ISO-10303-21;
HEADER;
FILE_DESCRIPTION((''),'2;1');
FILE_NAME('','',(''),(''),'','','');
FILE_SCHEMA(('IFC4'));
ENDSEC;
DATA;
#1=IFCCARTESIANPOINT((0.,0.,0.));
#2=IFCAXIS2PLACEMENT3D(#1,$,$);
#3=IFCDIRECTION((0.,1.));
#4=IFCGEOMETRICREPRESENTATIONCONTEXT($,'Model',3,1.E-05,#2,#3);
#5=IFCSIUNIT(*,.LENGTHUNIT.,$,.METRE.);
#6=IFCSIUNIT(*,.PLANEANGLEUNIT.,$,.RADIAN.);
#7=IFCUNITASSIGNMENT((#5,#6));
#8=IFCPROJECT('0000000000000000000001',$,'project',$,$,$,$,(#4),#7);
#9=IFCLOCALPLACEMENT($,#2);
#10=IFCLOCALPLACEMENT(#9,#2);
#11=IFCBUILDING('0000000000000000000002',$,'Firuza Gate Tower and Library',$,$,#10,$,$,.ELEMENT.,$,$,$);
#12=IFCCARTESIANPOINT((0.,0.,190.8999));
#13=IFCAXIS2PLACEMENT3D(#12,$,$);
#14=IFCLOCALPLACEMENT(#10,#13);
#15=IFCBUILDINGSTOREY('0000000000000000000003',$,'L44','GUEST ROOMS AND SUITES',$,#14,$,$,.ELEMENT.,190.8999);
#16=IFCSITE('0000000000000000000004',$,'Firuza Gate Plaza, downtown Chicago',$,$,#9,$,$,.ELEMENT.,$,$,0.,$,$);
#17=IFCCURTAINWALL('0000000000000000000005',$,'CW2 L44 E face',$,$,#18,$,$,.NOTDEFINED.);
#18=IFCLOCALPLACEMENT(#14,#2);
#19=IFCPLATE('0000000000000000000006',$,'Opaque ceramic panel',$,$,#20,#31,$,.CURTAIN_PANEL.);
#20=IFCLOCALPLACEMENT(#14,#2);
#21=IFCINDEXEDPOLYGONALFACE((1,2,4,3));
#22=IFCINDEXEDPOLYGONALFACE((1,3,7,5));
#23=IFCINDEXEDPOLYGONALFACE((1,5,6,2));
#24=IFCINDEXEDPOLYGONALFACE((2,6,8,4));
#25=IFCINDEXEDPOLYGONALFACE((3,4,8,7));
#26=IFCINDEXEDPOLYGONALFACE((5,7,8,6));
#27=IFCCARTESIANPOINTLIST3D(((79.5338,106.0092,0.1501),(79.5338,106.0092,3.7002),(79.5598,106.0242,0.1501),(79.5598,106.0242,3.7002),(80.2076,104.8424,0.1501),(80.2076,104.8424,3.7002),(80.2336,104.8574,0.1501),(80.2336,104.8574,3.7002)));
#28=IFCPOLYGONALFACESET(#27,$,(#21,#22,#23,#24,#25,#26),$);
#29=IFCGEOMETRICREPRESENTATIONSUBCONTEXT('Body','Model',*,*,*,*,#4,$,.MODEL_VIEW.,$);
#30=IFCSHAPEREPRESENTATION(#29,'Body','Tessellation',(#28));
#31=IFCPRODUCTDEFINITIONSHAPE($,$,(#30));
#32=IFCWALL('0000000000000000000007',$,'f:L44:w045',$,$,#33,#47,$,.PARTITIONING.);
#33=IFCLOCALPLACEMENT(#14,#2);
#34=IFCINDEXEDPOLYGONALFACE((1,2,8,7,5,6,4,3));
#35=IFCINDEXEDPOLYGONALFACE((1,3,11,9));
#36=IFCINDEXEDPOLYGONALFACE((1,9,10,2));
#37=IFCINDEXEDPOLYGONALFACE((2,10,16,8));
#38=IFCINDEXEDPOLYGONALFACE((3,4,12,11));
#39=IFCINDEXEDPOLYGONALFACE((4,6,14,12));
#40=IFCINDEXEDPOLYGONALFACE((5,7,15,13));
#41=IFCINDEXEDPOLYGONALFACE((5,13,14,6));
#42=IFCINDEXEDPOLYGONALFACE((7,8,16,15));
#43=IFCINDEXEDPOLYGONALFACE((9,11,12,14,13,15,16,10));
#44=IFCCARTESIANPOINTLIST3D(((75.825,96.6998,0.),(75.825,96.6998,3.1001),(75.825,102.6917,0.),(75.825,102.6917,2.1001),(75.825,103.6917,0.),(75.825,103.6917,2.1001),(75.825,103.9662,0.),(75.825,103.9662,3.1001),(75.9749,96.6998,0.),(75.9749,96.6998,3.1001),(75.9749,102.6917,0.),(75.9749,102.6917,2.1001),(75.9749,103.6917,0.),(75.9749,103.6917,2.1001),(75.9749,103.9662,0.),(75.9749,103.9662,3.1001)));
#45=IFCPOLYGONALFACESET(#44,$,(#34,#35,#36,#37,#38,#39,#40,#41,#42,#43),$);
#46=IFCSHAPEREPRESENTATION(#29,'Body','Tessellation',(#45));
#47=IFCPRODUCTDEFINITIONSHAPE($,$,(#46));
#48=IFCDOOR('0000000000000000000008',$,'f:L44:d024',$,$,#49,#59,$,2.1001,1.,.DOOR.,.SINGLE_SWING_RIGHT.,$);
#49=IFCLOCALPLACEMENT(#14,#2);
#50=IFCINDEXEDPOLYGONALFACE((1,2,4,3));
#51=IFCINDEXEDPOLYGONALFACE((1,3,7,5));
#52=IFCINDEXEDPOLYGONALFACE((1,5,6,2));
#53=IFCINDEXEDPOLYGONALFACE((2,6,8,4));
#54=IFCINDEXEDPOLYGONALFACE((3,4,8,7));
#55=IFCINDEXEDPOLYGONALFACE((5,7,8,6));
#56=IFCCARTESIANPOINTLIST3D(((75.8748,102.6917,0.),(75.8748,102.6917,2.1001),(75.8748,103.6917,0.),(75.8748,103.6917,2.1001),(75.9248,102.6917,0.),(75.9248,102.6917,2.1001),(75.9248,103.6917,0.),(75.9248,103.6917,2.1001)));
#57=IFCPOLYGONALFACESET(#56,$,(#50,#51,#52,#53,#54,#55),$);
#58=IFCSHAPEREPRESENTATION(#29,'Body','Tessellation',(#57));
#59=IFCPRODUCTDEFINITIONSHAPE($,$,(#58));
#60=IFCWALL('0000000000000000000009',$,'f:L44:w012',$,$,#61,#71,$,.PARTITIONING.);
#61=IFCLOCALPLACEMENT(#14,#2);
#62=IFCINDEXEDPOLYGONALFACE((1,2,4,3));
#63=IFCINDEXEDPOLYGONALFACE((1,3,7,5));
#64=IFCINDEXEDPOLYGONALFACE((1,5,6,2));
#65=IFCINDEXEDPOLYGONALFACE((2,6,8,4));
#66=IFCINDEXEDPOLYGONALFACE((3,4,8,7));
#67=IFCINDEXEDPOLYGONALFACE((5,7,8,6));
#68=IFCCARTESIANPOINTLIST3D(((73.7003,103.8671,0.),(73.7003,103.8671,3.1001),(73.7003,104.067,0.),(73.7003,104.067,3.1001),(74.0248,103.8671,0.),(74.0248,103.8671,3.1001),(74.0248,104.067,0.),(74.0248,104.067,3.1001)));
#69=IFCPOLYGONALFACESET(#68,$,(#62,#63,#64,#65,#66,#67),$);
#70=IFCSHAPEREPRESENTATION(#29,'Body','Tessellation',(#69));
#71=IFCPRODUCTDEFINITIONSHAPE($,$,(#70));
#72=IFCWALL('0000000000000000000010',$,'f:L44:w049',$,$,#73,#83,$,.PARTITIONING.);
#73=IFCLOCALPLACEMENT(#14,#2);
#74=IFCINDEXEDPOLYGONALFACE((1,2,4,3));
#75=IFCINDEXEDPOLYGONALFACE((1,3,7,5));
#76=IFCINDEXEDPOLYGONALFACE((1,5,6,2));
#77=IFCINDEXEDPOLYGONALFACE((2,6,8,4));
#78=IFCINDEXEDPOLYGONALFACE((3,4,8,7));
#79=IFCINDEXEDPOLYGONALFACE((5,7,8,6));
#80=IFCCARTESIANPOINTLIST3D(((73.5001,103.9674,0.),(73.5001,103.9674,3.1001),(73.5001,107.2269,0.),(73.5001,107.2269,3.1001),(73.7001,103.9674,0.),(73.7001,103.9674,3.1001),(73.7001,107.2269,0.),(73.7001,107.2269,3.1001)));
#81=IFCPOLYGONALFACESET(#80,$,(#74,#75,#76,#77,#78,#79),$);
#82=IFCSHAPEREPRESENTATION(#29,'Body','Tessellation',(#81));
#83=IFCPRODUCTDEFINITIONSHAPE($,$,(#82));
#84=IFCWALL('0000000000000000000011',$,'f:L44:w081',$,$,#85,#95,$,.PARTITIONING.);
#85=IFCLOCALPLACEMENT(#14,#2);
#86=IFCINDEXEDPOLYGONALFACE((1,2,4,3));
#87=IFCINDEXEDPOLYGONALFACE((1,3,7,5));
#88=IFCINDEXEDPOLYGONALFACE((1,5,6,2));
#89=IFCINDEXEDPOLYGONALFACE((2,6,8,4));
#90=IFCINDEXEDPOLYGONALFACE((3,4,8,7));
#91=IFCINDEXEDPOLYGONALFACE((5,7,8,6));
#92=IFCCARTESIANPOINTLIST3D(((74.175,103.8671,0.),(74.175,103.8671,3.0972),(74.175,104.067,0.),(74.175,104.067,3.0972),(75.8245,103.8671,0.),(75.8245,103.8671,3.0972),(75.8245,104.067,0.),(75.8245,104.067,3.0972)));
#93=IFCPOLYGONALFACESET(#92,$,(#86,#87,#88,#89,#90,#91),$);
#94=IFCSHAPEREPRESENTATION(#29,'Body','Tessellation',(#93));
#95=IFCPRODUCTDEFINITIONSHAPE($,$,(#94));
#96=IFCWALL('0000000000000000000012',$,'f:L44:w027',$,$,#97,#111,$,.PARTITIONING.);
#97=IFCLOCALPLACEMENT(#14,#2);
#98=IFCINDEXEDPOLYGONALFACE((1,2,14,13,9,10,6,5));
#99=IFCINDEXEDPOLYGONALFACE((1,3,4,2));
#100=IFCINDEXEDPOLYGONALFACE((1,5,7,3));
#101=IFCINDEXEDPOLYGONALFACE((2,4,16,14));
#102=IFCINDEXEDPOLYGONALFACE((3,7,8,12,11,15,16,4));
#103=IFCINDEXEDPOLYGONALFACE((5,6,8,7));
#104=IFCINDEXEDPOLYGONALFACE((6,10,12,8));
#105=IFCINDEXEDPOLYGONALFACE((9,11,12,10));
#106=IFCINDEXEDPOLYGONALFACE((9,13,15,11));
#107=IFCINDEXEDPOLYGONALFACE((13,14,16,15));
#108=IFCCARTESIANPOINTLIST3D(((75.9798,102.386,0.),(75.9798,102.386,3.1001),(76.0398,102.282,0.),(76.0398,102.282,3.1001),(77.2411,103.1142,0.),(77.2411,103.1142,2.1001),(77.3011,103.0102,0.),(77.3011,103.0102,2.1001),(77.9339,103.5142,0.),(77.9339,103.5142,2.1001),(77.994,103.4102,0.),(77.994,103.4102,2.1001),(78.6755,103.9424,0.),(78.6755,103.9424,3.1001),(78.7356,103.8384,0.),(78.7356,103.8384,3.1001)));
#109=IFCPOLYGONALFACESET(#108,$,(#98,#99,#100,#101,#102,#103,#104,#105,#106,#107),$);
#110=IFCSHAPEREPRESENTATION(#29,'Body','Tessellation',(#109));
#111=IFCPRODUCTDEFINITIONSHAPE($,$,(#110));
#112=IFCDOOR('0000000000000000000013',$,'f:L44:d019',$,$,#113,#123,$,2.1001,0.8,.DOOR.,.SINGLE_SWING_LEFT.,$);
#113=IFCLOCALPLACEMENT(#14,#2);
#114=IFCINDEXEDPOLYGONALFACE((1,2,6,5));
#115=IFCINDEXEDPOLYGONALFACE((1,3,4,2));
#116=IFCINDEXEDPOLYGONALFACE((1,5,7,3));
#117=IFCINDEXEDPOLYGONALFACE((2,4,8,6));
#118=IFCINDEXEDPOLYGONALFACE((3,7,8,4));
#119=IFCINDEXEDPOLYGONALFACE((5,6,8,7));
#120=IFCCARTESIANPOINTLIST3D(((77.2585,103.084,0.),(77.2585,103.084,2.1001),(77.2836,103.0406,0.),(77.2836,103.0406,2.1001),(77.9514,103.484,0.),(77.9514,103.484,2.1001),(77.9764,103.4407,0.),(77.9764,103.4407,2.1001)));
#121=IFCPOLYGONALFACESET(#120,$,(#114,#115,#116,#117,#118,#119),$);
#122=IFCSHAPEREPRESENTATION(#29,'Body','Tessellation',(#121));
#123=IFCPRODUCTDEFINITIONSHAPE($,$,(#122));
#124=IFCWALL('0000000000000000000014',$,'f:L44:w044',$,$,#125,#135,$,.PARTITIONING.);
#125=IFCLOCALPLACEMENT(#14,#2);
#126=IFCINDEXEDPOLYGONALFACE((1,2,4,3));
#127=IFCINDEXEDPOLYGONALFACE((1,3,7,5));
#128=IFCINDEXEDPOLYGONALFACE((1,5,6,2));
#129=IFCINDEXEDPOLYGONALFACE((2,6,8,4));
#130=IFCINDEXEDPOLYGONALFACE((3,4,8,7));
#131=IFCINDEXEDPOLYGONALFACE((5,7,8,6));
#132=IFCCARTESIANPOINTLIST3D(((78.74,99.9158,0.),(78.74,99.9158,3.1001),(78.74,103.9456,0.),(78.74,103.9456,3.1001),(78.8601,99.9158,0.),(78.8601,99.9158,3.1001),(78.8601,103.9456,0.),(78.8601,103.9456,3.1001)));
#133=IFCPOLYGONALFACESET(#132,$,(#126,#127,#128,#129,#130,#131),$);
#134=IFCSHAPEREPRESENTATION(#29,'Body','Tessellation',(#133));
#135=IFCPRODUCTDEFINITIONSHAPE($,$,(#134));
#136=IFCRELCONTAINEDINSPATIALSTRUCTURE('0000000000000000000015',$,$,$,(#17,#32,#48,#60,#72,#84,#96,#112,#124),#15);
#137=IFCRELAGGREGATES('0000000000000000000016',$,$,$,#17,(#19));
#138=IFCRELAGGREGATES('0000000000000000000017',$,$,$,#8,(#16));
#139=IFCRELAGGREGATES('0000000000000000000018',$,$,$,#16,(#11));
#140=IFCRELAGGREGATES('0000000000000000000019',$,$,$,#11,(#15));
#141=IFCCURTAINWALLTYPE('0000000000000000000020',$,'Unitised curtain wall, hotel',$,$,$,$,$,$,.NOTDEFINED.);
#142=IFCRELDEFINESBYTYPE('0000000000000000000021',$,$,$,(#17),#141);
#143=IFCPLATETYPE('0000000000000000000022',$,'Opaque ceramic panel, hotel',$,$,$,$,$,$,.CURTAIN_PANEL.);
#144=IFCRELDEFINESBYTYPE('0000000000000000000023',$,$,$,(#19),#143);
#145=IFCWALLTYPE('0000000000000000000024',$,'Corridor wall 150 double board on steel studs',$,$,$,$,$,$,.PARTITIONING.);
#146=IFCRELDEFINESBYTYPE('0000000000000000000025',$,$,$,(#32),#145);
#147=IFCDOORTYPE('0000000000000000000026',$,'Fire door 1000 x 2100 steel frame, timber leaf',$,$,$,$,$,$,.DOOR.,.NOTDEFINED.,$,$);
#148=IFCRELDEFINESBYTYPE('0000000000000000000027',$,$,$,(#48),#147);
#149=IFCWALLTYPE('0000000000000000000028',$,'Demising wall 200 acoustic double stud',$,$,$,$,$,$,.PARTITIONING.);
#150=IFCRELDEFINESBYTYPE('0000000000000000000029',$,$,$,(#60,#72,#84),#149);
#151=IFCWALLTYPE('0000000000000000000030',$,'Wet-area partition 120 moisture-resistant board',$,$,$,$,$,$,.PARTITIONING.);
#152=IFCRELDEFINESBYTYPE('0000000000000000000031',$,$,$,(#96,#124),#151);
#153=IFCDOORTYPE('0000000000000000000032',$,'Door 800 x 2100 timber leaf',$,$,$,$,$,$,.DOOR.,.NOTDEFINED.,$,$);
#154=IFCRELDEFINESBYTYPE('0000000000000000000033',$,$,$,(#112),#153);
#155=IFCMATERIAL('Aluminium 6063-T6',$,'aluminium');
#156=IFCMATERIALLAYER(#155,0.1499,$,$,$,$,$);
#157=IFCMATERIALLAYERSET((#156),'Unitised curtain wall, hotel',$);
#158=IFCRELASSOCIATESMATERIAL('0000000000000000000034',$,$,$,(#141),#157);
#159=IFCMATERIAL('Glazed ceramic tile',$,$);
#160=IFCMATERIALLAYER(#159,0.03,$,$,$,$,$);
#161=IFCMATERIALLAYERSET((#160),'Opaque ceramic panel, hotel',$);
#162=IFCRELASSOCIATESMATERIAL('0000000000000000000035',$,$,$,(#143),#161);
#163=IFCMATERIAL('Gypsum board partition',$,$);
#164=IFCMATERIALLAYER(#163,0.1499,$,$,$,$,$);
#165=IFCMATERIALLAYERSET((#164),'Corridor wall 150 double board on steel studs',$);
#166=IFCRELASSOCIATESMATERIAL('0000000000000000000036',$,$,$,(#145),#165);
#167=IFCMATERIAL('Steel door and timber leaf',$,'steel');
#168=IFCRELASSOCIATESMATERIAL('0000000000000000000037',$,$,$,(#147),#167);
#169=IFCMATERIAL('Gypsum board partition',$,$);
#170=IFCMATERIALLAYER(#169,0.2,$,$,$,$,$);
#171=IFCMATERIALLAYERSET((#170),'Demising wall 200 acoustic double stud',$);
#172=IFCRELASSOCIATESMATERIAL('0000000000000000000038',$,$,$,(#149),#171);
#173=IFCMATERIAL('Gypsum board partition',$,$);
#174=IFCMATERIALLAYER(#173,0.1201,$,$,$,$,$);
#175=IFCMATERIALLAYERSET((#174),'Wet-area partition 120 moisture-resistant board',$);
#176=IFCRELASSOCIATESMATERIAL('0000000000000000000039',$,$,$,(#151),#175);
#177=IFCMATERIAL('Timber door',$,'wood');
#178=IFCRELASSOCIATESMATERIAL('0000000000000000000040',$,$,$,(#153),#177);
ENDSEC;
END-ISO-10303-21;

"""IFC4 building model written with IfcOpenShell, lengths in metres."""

from ifc_helpers import new_model, si_unit, direction, frame, frame_2d, origin, place, context, subcontext, project, spatial, polyline, rectangle, outline, extrude, material, layer, layer_set, type_object, element, fill, aggregate, save


model = new_model("IFC4")

# Units and contexts
model_context = context("Model", 3, precision=1e-05, world=origin(), true_north=direction((0.0, 1.0)))
body_context = subcontext(model_context, "Body", "Model", "MODEL_VIEW")
ifc_project = project(units=[si_unit("LENGTHUNIT", "METRE"), si_unit("PLANEANGLEUNIT", "RADIAN")], contexts=[model_context])

# Site, building, storey
site_placement = place(None, origin())
site = spatial("IfcSite", under=ifc_project, at=site_placement, Name="Firuza Gate Plaza, downtown Chicago", CompositionType="ELEMENT", RefElevation=0.0)
building_placement = place(site_placement, origin())
building = spatial("IfcBuilding", under=site, at=building_placement, Name="Firuza Gate Tower and Library", CompositionType="ELEMENT")
storey_placement = place(building_placement, frame((0.0, 0.0, 190.8999)))
storey = spatial("IfcBuildingStorey", under=building, at=storey_placement, Name="L44", Description="GUEST ROOMS AND SUITES", CompositionType="ELEMENT", Elevation=190.8999)

# Curtain wall
placement = place(storey_placement, origin())
ifc_material_1 = material(Name="Aluminium 6063-T6", Category="aluminium")
ifc_layer_1 = layer(ifc_material_1, 0.1499)
ifc_layer_set_1 = layer_set([ifc_layer_1], Name="Unitised curtain wall, hotel")
curtain_wall_type_1 = type_object("IfcCurtainWallType", Name="Unitised curtain wall, hotel", PredefinedType="NOTDEFINED", material=ifc_layer_set_1)
curtain_wall_1 = element("IfcCurtainWall", 1, at=placement, inside=storey, type_object=curtain_wall_type_1, Name="CW2 L44 E face", PredefinedType="NOTDEFINED")

# Plate
ifc_material_2 = material(Name="Glazed ceramic tile")
ifc_layer_2 = layer(ifc_material_2, 0.03)
ifc_layer_set_2 = layer_set([ifc_layer_2], Name="Opaque ceramic panel, hotel")
plate_type_1 = type_object("IfcPlateType", Name="Opaque ceramic panel, hotel", PredefinedType="CURTAIN_PANEL", material=ifc_layer_set_2)
plate_1_placement = place(storey_placement, frame((80.2336, 104.8574, 0.1501), z_axis=(0.865959, 0.500115, 0.0), x_axis=(-0.500115, 0.865959, 0.0)))
plate_1 = element("IfcPlate", 2, at=plate_1_placement, type_object=plate_type_1, Name="Opaque ceramic panel", PredefinedType="CURTAIN_PANEL", context=body_context, shape_type="SweptSolid", body=[
    extrude(outline(polyline([(0.0, 0.0), (1.3473, 0.0), (1.3473, 3.55), (0.0, 3.55), (0.0, 0.0)])), origin(), (0.0, 0.0, -1.0), 0.03),
])
aggregate(curtain_wall_1, [plate_1])

# Wall, opening, door
ifc_material_3 = material(Name="Gypsum board partition")
ifc_layer_3 = layer(ifc_material_3, 0.1499)
ifc_layer_set_3 = layer_set([ifc_layer_3], Name="Corridor wall 150 double board on steel studs")
wall_type_1 = type_object("IfcWallType", Name="Corridor wall 150 double board on steel studs", PredefinedType="PARTITIONING", material=ifc_layer_set_3)
wall_1_placement = place(storey_placement, frame((75.8999, 103.9663, 0.0), z_axis=(0.0, 0.0, 1.0), x_axis=(0.0, -1.0, 0.0)))
wall_1 = element("IfcWall", 3, at=wall_1_placement, inside=storey, type_object=wall_type_1, Name="f:L44:w045", PredefinedType="PARTITIONING", context=body_context, shape_type="SweptSolid", body=[
    extrude(rectangle(XDim=7.2664, YDim=0.1499, at=frame_2d((3.6333, 0.0))), origin(), (0.0, 0.0, 1.0), 3.1001),
])
opening_1_placement = place(wall_1_placement, frame((0.2747, 0.0, 0.0)))
opening_1 = element("IfcOpeningElement", 4, at=opening_1_placement, cuts=wall_1, PredefinedType="OPENING", context=body_context, shape_type="SweptSolid", body=[
    extrude(rectangle(XDim=1.0, YDim=2.1001, at=frame_2d((0.5, 1.05))), frame((0.0, 0.085, 0.0), z_axis=(0.0, -1.0, 0.0), x_axis=(1.0, 0.0, 0.0)), (0.0, 0.0, 1.0), 0.1699),
])
ifc_material_4 = material(Name="Steel door and timber leaf", Category="steel")
door_type_1 = type_object("IfcDoorType", Name="Fire door 1000 x 2100 steel frame, timber leaf", OperationType="NOTDEFINED", PredefinedType="DOOR", material=ifc_material_4)
door_1_placement = place(opening_1_placement, origin())
door_1 = element("IfcDoor", 5, at=door_1_placement, inside=storey, type_object=door_type_1, Name="f:L44:d024", OperationType="SINGLE_SWING_RIGHT", OverallHeight=2.1001, OverallWidth=1.0, PredefinedType="DOOR", context=body_context, shape_type="SweptSolid", body=[
    extrude(rectangle(XDim=1.0, YDim=2.1001, at=frame_2d((0.5, 1.05))), frame((0.0, 0.0249, 0.0), z_axis=(0.0, -1.0, 0.0), x_axis=(1.0, 0.0, 0.0)), (0.0, 0.0, 1.0), 0.05),
])
fill(opening_1, door_1)

# Walls
ifc_material_5 = material(Name="Gypsum board partition")
ifc_layer_4 = layer(ifc_material_5, 0.2)
ifc_layer_set_4 = layer_set([ifc_layer_4], Name="Demising wall 200 acoustic double stud")
wall_type_2 = type_object("IfcWallType", Name="Demising wall 200 acoustic double stud", PredefinedType="PARTITIONING", material=ifc_layer_set_4)
wall_2_placement = place(storey_placement, frame((73.7004, 103.967, 0.0), z_axis=(0.0, 0.0, 1.0), x_axis=(1.0, 0.0, 0.0)))
element("IfcWall", 6, at=wall_2_placement, inside=storey, type_object=wall_type_2, Name="f:L44:w012", PredefinedType="PARTITIONING", context=body_context, shape_type="SweptSolid", body=[
    extrude(rectangle(XDim=0.3245, YDim=0.2, at=frame_2d((0.1621, 0.0))), origin(), (0.0, 0.0, 1.0), 3.1001),
])
wall_3_placement = place(storey_placement, frame((73.6001, 103.9673, 0.0), z_axis=(0.0, 0.0, 1.0), x_axis=(0.0, 1.0, 0.0)))
element("IfcWall", 7, at=wall_3_placement, inside=storey, type_object=wall_type_2, Name="f:L44:w049", PredefinedType="PARTITIONING", context=body_context, shape_type="SweptSolid", body=[
    extrude(rectangle(XDim=3.2595, YDim=0.2, at=frame_2d((1.6299, 0.0))), origin(), (0.0, 0.0, 1.0), 3.1001),
])
wall_4_placement = place(storey_placement, frame((74.175, 103.967, 0.0), z_axis=(0.0, 0.0, 1.0), x_axis=(1.0, 0.0, 0.0)))
element("IfcWall", 8, at=wall_4_placement, inside=storey, type_object=wall_type_2, Name="f:L44:w081", PredefinedType="PARTITIONING", context=body_context, shape_type="SweptSolid", body=[
    extrude(rectangle(XDim=1.6494, YDim=0.2, at=frame_2d((0.8247, 0.0))), origin(), (0.0, 0.0, 1.0), 3.0972),
])

# Wall, opening, door
ifc_material_6 = material(Name="Gypsum board partition")
ifc_layer_5 = layer(ifc_material_6, 0.1201)
ifc_layer_set_5 = layer_set([ifc_layer_5], Name="Wet-area partition 120 moisture-resistant board")
wall_type_3 = type_object("IfcWallType", Name="Wet-area partition 120 moisture-resistant board", PredefinedType="PARTITIONING", material=ifc_layer_set_5)
wall_5_placement = place(storey_placement, frame((78.7056, 103.8904, 0.0), z_axis=(0.0, 0.0, 1.0), x_axis=(-0.866029, -0.499994, 0.0)))
wall_5 = element("IfcWall", 9, at=wall_5_placement, inside=storey, type_object=wall_type_3, Name="f:L44:w027", PredefinedType="PARTITIONING", context=body_context, shape_type="SweptSolid", body=[
    extrude(rectangle(XDim=3.1128, YDim=0.1201, at=frame_2d((1.5564, 0.0))), origin(), (0.0, 0.0, 1.0), 3.1001),
])
opening_2_placement = place(wall_5_placement, frame((0.8564, 0.0, 0.0)))
opening_2 = element("IfcOpeningElement", 10, at=opening_2_placement, cuts=wall_5, PredefinedType="OPENING", context=body_context, shape_type="SweptSolid", body=[
    extrude(rectangle(XDim=0.8, YDim=2.1001, at=frame_2d((0.3999, 1.05))), frame((0.0, 0.0701, 0.0), z_axis=(0.0, -1.0, 0.0), x_axis=(1.0, 0.0, 0.0)), (0.0, 0.0, 1.0), 0.1401),
])
ifc_material_7 = material(Name="Timber door", Category="wood")
door_type_2 = type_object("IfcDoorType", Name="Door 800 x 2100 timber leaf", OperationType="NOTDEFINED", PredefinedType="DOOR", material=ifc_material_7)
door_2_placement = place(opening_2_placement, origin())
door_2 = element("IfcDoor", 11, at=door_2_placement, inside=storey, type_object=door_type_2, Name="f:L44:d019", OperationType="SINGLE_SWING_LEFT", OverallHeight=2.1001, OverallWidth=0.8, PredefinedType="DOOR", context=body_context, shape_type="SweptSolid", body=[
    extrude(rectangle(XDim=0.8, YDim=2.1001, at=frame_2d((0.3999, 1.05))), frame((0.0, 0.0249, 0.0), z_axis=(0.0, -1.0, 0.0), x_axis=(1.0, 0.0, 0.0)), (0.0, 0.0, 1.0), 0.05),
])
fill(opening_2, door_2)

# Wall
wall_6_placement = place(storey_placement, frame((78.8, 99.9158, 0.0), z_axis=(0.0, 0.0, 1.0), x_axis=(0.0, 1.0, 0.0)))
element("IfcWall", 12, at=wall_6_placement, inside=storey, type_object=wall_type_3, Name="f:L44:w044", PredefinedType="PARTITIONING", context=body_context, shape_type="SweptSolid", body=[
    extrude(rectangle(XDim=4.0298, YDim=0.1201, at=frame_2d((2.0149, 0.0))), origin(), (0.0, 0.0, 1.0), 3.1001),
])

save(model, "model.ifc")
